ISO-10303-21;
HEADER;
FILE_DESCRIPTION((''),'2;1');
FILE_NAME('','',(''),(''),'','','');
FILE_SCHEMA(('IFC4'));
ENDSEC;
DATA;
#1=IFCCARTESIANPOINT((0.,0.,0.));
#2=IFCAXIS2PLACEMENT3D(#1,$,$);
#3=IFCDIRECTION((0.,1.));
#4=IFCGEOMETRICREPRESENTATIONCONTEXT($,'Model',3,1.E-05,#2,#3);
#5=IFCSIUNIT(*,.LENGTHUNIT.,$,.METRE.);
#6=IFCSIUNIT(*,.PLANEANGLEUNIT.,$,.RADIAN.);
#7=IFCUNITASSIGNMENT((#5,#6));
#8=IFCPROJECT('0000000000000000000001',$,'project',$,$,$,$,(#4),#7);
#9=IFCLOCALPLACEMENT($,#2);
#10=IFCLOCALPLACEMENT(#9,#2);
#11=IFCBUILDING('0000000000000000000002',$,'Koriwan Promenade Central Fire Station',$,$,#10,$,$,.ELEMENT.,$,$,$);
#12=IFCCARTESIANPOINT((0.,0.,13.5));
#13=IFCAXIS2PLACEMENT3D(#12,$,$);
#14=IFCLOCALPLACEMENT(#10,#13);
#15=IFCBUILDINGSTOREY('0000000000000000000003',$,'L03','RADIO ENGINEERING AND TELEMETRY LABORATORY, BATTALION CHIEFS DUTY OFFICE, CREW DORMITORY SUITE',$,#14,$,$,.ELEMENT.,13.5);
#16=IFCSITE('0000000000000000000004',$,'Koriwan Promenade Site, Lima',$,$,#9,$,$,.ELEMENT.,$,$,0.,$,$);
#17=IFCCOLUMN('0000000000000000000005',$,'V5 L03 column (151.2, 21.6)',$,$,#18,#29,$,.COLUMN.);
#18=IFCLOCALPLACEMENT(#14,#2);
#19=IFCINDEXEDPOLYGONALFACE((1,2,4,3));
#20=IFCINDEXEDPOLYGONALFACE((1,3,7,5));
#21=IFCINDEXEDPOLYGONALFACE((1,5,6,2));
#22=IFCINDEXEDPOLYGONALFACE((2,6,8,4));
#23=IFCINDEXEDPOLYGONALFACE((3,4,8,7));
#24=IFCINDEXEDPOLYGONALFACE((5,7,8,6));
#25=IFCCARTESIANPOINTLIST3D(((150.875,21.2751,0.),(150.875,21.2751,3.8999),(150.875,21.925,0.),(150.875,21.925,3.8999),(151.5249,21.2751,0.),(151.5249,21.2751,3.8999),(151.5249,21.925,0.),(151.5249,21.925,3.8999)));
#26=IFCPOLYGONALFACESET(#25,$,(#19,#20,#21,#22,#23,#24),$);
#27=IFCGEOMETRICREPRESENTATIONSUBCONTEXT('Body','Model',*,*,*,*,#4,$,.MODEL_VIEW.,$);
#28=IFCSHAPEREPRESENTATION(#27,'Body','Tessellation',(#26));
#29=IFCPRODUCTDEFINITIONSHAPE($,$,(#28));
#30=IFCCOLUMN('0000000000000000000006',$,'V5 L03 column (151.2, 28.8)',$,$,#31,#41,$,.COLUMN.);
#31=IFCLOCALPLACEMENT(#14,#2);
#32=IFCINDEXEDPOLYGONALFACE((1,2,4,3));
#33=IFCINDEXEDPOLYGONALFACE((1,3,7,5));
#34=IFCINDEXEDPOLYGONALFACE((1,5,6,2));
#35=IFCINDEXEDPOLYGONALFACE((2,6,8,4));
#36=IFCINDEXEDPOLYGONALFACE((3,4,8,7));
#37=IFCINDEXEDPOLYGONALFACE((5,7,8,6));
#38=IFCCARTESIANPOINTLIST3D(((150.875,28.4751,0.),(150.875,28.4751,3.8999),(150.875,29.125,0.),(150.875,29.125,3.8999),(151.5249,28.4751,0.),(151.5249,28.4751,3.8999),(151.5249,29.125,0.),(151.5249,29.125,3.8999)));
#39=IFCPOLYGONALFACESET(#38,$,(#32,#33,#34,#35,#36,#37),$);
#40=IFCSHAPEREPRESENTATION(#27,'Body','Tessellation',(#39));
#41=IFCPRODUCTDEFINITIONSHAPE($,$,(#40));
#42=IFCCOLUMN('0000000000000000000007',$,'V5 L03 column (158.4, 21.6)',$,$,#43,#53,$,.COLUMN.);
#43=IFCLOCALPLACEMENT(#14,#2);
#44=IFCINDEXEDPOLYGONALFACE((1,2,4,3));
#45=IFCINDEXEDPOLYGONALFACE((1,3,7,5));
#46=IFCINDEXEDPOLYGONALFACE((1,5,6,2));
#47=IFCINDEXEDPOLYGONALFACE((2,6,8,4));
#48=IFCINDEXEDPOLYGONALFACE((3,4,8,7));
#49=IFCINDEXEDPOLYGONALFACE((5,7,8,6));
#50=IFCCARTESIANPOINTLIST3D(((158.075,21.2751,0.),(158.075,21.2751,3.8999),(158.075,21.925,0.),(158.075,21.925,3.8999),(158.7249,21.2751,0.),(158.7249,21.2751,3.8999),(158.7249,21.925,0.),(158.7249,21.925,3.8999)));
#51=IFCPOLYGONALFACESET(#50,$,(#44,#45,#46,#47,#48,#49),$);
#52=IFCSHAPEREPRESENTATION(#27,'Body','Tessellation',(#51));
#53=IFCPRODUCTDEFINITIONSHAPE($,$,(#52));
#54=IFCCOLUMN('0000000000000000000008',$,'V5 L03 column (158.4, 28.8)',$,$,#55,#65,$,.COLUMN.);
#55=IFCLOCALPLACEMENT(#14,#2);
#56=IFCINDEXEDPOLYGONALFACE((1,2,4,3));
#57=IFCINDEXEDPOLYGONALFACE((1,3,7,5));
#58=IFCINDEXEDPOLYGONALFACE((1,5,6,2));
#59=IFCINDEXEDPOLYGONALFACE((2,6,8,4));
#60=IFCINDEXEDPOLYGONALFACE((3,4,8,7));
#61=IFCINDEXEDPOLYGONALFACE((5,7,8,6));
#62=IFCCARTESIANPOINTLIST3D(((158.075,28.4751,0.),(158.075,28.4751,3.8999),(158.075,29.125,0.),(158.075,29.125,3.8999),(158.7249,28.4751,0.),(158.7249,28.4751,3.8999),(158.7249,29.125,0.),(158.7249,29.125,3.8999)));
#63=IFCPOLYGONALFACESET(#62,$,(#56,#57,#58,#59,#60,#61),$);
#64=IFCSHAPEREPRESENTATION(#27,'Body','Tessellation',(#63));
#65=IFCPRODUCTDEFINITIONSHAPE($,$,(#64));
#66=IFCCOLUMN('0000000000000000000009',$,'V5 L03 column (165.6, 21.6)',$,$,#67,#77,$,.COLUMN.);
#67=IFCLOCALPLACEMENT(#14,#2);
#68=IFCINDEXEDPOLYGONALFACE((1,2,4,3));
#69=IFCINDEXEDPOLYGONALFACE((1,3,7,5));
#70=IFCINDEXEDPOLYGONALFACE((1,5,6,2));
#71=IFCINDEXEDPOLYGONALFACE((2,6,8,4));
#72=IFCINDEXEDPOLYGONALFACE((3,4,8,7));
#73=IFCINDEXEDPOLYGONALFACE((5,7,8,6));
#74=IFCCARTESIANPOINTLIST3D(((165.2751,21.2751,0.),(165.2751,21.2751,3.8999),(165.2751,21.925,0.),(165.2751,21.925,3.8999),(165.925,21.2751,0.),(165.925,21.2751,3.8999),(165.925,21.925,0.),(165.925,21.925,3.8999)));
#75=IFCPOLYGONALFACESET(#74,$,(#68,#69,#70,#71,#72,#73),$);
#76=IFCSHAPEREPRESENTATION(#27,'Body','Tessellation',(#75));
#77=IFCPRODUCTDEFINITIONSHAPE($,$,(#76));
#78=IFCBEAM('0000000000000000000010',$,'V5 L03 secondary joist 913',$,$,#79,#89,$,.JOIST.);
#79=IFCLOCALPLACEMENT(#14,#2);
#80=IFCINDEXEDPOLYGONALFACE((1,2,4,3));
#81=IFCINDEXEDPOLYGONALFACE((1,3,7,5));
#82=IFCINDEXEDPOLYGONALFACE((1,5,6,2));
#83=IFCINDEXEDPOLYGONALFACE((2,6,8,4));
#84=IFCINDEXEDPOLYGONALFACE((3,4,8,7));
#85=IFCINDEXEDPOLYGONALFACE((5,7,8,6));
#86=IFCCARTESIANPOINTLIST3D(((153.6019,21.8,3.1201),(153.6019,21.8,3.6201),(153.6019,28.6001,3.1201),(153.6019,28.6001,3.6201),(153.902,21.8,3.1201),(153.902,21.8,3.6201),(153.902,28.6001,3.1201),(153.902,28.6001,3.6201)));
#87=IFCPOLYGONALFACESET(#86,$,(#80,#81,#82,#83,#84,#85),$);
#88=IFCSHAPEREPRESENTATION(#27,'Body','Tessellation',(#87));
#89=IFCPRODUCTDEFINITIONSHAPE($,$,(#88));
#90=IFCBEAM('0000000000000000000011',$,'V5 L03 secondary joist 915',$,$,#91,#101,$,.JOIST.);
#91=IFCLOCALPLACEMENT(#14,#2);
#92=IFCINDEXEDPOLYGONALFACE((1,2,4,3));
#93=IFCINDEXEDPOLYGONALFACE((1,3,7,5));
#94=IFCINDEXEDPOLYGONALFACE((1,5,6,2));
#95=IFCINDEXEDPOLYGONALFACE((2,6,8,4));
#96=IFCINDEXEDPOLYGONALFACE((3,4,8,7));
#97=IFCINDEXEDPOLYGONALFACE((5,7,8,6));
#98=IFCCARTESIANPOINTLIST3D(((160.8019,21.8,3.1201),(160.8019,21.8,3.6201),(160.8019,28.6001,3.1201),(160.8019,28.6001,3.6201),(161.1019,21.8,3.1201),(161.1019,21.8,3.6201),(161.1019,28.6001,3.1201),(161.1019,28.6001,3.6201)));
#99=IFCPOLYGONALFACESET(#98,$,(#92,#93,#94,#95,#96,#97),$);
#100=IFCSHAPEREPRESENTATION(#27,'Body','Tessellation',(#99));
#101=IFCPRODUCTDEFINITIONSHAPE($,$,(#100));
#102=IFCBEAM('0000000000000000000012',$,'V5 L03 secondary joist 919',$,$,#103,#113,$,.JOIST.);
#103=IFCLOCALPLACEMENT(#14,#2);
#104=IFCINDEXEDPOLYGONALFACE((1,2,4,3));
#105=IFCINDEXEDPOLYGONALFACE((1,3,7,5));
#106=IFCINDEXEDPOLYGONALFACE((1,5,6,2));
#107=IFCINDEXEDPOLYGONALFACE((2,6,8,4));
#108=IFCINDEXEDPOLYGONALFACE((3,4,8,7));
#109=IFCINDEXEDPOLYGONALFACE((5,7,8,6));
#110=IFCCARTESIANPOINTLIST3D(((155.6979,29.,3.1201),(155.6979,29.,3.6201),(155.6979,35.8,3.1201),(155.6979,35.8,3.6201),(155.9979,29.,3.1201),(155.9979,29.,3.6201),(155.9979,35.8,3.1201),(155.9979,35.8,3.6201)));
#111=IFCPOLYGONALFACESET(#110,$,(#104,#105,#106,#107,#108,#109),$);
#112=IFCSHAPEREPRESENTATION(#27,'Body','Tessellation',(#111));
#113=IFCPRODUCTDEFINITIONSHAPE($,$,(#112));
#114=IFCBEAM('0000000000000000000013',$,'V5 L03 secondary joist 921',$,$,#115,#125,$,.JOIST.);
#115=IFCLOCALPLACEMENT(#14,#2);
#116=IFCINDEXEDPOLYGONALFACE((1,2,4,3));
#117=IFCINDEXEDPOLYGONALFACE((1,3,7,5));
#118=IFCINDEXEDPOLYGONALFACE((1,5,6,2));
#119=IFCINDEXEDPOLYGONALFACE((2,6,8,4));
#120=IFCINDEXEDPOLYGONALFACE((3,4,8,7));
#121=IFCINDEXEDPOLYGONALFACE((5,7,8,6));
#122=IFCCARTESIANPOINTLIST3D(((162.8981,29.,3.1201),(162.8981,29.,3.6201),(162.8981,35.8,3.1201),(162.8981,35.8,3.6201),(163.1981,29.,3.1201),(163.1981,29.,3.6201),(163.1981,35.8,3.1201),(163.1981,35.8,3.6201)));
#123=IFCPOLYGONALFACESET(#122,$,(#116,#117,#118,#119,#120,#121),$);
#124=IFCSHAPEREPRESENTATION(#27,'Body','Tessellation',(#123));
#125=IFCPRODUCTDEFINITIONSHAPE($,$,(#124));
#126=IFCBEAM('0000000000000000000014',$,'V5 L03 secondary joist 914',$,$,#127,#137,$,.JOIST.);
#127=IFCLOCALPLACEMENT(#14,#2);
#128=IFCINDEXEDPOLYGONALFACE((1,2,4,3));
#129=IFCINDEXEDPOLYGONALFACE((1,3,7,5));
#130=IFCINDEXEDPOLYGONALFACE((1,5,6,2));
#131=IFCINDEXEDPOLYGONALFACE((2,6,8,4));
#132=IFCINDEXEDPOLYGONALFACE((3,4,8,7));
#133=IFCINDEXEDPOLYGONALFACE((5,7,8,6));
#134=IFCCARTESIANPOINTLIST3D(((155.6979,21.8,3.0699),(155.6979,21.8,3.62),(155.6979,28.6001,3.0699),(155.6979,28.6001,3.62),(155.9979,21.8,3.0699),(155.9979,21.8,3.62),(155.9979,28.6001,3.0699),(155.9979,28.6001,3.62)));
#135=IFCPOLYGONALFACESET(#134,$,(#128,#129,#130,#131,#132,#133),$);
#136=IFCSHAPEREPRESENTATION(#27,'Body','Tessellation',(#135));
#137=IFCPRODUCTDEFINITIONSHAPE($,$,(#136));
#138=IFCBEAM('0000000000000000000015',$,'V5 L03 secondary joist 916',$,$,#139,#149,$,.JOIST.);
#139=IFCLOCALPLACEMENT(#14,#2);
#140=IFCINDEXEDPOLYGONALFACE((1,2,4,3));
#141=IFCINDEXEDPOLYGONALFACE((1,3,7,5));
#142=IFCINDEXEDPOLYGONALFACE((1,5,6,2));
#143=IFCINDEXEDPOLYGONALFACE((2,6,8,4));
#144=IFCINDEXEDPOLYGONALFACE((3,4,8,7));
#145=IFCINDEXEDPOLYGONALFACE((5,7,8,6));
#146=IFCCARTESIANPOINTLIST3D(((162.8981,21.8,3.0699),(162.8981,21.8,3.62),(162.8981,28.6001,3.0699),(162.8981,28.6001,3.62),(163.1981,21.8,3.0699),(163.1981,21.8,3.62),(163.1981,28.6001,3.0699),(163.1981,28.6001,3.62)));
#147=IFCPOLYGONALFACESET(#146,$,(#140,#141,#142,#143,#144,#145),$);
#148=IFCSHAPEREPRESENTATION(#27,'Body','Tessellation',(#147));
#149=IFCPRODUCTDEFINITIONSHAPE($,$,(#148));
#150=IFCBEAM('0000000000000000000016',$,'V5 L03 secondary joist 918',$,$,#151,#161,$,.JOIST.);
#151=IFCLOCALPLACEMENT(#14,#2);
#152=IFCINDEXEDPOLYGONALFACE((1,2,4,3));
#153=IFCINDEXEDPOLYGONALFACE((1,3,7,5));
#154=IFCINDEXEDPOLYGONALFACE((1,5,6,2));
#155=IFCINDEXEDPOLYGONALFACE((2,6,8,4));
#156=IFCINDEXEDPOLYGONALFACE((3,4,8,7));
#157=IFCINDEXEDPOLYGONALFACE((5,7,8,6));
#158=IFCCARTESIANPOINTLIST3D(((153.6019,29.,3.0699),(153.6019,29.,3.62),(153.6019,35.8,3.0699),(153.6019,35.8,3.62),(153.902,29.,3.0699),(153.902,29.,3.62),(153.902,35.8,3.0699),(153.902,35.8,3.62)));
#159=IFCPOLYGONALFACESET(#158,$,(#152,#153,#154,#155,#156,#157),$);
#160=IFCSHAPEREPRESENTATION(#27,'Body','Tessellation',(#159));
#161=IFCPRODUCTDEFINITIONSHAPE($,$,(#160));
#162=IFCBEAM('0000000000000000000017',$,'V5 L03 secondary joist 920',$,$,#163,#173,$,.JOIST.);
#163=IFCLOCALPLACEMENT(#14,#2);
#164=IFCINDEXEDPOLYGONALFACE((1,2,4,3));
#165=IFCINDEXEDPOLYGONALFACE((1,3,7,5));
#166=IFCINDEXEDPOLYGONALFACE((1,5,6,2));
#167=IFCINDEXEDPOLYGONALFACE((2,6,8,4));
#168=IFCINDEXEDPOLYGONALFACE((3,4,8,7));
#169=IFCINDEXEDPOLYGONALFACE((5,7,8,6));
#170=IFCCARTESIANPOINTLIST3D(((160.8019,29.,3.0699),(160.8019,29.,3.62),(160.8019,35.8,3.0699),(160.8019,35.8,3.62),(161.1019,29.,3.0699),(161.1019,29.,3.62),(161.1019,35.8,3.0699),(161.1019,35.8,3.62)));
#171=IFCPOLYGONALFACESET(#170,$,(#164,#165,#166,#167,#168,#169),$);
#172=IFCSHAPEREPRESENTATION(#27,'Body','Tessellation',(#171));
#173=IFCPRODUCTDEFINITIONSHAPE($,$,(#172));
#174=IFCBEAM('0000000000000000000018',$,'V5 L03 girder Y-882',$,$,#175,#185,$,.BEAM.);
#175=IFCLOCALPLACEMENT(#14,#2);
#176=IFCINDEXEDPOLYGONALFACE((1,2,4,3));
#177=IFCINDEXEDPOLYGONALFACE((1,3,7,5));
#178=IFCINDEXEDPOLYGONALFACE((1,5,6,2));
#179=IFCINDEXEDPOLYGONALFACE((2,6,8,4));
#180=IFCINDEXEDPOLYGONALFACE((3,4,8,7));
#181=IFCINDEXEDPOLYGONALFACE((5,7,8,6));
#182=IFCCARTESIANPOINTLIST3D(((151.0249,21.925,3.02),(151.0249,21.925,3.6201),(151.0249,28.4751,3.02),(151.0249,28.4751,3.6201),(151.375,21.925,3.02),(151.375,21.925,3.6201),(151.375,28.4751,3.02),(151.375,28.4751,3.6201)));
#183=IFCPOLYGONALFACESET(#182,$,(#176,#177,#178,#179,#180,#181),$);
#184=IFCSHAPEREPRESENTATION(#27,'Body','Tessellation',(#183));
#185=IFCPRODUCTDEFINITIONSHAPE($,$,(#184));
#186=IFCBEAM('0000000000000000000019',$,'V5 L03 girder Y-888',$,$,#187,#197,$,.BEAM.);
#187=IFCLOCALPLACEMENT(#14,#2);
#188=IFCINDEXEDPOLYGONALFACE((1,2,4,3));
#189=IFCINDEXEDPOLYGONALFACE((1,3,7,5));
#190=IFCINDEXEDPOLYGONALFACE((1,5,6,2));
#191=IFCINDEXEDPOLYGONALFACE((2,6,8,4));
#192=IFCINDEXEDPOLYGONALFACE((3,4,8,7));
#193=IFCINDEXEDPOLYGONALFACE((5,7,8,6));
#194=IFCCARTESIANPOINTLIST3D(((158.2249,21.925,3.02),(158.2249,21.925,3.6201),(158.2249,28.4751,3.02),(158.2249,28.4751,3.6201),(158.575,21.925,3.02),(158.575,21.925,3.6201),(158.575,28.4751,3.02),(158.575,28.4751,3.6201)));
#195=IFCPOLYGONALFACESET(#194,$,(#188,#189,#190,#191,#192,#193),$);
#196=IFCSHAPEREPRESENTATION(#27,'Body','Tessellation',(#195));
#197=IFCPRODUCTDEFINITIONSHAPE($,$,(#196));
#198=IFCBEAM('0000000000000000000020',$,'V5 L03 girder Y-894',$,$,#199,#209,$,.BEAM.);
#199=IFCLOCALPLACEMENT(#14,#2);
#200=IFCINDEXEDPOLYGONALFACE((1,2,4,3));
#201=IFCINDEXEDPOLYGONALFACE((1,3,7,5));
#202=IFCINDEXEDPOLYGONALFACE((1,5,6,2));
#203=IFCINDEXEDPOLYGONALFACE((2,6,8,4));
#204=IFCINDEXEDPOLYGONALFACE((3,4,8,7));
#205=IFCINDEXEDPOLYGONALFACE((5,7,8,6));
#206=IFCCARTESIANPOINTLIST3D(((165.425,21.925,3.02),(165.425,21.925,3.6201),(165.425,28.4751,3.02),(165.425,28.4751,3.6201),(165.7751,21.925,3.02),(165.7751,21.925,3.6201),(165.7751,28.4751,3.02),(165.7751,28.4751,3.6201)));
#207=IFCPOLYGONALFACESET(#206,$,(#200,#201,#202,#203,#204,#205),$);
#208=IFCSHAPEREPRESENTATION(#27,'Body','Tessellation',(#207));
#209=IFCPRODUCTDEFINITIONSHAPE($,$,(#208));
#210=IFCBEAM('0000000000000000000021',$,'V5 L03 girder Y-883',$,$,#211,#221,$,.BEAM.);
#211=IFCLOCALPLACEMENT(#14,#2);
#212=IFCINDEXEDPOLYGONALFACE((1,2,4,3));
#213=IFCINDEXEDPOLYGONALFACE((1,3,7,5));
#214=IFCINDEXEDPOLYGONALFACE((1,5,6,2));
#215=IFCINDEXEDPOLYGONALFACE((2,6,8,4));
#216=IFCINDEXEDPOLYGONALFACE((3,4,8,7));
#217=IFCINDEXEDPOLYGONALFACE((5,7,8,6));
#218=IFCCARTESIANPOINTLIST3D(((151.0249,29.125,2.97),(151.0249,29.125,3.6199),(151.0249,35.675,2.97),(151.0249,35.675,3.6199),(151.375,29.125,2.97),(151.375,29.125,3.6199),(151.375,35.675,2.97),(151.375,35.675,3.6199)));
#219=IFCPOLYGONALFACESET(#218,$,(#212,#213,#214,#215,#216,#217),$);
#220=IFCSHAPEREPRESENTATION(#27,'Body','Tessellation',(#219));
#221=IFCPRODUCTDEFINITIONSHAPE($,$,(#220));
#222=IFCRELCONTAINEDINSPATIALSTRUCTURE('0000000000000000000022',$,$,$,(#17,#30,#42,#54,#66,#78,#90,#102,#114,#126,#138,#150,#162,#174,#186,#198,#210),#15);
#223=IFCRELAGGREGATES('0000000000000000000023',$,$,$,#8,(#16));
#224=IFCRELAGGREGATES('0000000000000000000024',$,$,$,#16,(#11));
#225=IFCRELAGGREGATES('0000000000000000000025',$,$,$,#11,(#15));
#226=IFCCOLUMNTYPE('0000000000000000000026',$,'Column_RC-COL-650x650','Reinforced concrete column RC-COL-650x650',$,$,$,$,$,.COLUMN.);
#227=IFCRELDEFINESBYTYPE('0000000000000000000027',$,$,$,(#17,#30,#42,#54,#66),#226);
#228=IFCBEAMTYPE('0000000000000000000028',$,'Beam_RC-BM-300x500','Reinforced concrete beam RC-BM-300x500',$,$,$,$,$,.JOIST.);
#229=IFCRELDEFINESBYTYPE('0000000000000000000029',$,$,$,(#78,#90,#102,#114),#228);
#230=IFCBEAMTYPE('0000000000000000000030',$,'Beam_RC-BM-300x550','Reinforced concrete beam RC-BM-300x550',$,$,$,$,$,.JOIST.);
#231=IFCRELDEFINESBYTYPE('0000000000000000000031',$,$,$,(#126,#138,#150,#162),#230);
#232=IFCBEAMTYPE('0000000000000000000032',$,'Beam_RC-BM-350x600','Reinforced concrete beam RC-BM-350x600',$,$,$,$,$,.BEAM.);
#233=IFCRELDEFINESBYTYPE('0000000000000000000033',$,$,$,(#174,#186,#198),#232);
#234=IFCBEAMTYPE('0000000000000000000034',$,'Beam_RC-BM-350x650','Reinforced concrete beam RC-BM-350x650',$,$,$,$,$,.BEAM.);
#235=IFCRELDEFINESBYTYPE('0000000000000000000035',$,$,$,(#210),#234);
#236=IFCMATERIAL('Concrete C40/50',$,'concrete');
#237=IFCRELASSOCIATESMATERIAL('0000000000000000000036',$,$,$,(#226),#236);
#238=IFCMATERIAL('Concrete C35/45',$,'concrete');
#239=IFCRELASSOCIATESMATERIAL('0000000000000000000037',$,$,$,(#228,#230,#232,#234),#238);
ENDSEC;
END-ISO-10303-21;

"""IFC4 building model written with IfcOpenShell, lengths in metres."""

from ifc_helpers import new_model, si_unit, direction, frame, origin, origin_2d, place, context, subcontext, project, spatial, rectangle, extrude, material, material_profile, profile_set, type_object, element, save


model = new_model("IFC4")

# Units and contexts
model_context = context("Model", 3, precision=1e-05, world=origin(), true_north=direction((0.0, 1.0)))
body_context = subcontext(model_context, "Body", "Model", "MODEL_VIEW")
ifc_project = project(units=[si_unit("LENGTHUNIT", "METRE"), si_unit("PLANEANGLEUNIT", "RADIAN")], contexts=[model_context])

# Site, building, storey
site_placement = place(None, origin())
site = spatial("IfcSite", under=ifc_project, at=site_placement, Name="Koriwan Promenade Site, Lima", CompositionType="ELEMENT", RefElevation=0.0)
building_placement = place(site_placement, origin())
building = spatial("IfcBuilding", under=site, at=building_placement, Name="Koriwan Promenade Central Fire Station", CompositionType="ELEMENT")
storey_placement = place(building_placement, frame((0.0, 0.0, 13.5)))
storey = spatial("IfcBuildingStorey", under=building, at=storey_placement, Name="L03", Description="RADIO ENGINEERING AND TELEMETRY LABORATORY, BATTALION CHIEFS DUTY OFFICE, CREW DORMITORY SUITE", CompositionType="ELEMENT", Elevation=13.5)

# Columns
ifc_material_1 = material(Name="Concrete C40/50", Category="concrete")
ifc_material_profile_1 = material_profile(ifc_material_1, rectangle(XDim=0.6499, YDim=0.6499, at=origin_2d()), Name="RC-COL-650x650")
ifc_profile_set_1 = profile_set([ifc_material_profile_1], Name="Concrete C40/50")
column_type = type_object("IfcColumnType", Name="Column_RC-COL-650x650", Description="Reinforced concrete column RC-COL-650x650", PredefinedType="COLUMN", material=ifc_profile_set_1)
for number, where, z_axis, x_axis, name in (
    (1, (151.2, 21.6001, 0.0), (0.0, 0.0, 1.0), (1.0, 0.0, 0.0), "V5 L03 column (151.2, 21.6)"),
    (2, (151.2, 28.8, 0.0), (0.0, 0.0, 1.0), (1.0, 0.0, 0.0), "V5 L03 column (151.2, 28.8)"),
    (3, (158.3999, 21.6001, 0.0), (0.0, 0.0, 1.0), (1.0, 0.0, 0.0), "V5 L03 column (158.4, 21.6)"),
    (4, (158.3999, 28.8, 0.0), (0.0, 0.0, 1.0), (1.0, 0.0, 0.0), "V5 L03 column (158.4, 28.8)"),
    (5, (165.6001, 21.6001, 0.0), (0.0, 0.0, 1.0), (1.0, 0.0, 0.0), "V5 L03 column (165.6, 21.6)"),
):
    element("IfcColumn", number, at=place(storey_placement, frame(where, z_axis=z_axis, x_axis=x_axis)), inside=storey, type_object=column_type, Name=name, PredefinedType="COLUMN", context=body_context, shape_type="SweptSolid", body=[
        extrude(rectangle(XDim=0.6499, YDim=0.6499, at=origin_2d()), origin(), (0.0, 0.0, 1.0), 3.8999),
    ])

# Beams
ifc_material_2 = material(Name="Concrete C35/45", Category="concrete")
ifc_material_profile_2 = material_profile(ifc_material_2, rectangle(XDim=0.3, YDim=0.5, at=origin_2d()), Name="RC-BM-300x500")
ifc_profile_set_2 = profile_set([ifc_material_profile_2], Name="Concrete C35/45")
beam_type_1 = type_object("IfcBeamType", Name="Beam_RC-BM-300x500", Description="Reinforced concrete beam RC-BM-300x500", PredefinedType="JOIST", material=ifc_profile_set_2)
for number, where, z_axis, x_axis, name in (
    (6, (153.752, 21.8, 3.3701), (0.0, 1.0, 0.0), (-1.0, 0.0, 0.0), "V5 L03 secondary joist 913"),
    (7, (160.9519, 21.8, 3.3701), (0.0, 1.0, 0.0), (-1.0, 0.0, 0.0), "V5 L03 secondary joist 915"),
    (8, (155.8479, 29.0, 3.3701), (0.0, 1.0, 0.0), (-1.0, 0.0, 0.0), "V5 L03 secondary joist 919"),
    (9, (163.0481, 29.0, 3.3701), (0.0, 1.0, 0.0), (-1.0, 0.0, 0.0), "V5 L03 secondary joist 921"),
):
    element("IfcBeam", number, at=place(storey_placement, frame(where, z_axis=z_axis, x_axis=x_axis)), inside=storey, type_object=beam_type_1, Name=name, PredefinedType="JOIST", context=body_context, shape_type="SweptSolid", body=[
        extrude(rectangle(XDim=0.3, YDim=0.5, at=origin_2d()), origin(), (0.0, 0.0, 1.0), 6.8),
    ])
ifc_material_profile_3 = material_profile(ifc_material_2, rectangle(XDim=0.3, YDim=0.55, at=origin_2d()), Name="RC-BM-300x550")
ifc_profile_set_3 = profile_set([ifc_material_profile_3], Name="Concrete C35/45")
beam_type_2 = type_object("IfcBeamType", Name="Beam_RC-BM-300x550", Description="Reinforced concrete beam RC-BM-300x550", PredefinedType="JOIST", material=ifc_profile_set_3)
for number, where, z_axis, x_axis, name in (
    (10, (155.8479, 21.8, 3.345), (0.0, 1.0, 0.0), (-1.0, 0.0, 0.0), "V5 L03 secondary joist 914"),
    (11, (163.0481, 21.8, 3.345), (0.0, 1.0, 0.0), (-1.0, 0.0, 0.0), "V5 L03 secondary joist 916"),
    (12, (153.752, 29.0, 3.345), (0.0, 1.0, 0.0), (-1.0, 0.0, 0.0), "V5 L03 secondary joist 918"),
    (13, (160.9519, 29.0, 3.345), (0.0, 1.0, 0.0), (-1.0, 0.0, 0.0), "V5 L03 secondary joist 920"),
):
    element("IfcBeam", number, at=place(storey_placement, frame(where, z_axis=z_axis, x_axis=x_axis)), inside=storey, type_object=beam_type_2, Name=name, PredefinedType="JOIST", context=body_context, shape_type="SweptSolid", body=[
        extrude(rectangle(XDim=0.3, YDim=0.55, at=origin_2d()), origin(), (0.0, 0.0, 1.0), 6.8),
    ])
ifc_material_profile_4 = material_profile(ifc_material_2, rectangle(XDim=0.3501, YDim=0.6001, at=origin_2d()), Name="RC-BM-350x600")
ifc_profile_set_4 = profile_set([ifc_material_profile_4], Name="Concrete C35/45")
beam_type_3 = type_object("IfcBeamType", Name="Beam_RC-BM-350x600", Description="Reinforced concrete beam RC-BM-350x600", PredefinedType="BEAM", material=ifc_profile_set_4)
for number, where, z_axis, x_axis, name in (
    (14, (151.2, 21.925, 3.3201), (0.0, 1.0, 0.0), (-1.0, 0.0, 0.0), "V5 L03 girder Y-882"),
    (15, (158.3999, 21.925, 3.3201), (0.0, 1.0, 0.0), (-1.0, 0.0, 0.0), "V5 L03 girder Y-888"),
    (16, (165.6001, 21.925, 3.3201), (0.0, 1.0, 0.0), (-1.0, 0.0, 0.0), "V5 L03 girder Y-894"),
):
    element("IfcBeam", number, at=place(storey_placement, frame(where, z_axis=z_axis, x_axis=x_axis)), inside=storey, type_object=beam_type_3, Name=name, PredefinedType="BEAM", context=body_context, shape_type="SweptSolid", body=[
        extrude(rectangle(XDim=0.3501, YDim=0.6001, at=origin_2d()), origin(), (0.0, 0.0, 1.0), 6.55),
    ])
ifc_material_profile_5 = material_profile(ifc_material_2, rectangle(XDim=0.3501, YDim=0.6499, at=origin_2d()), Name="RC-BM-350x650")
ifc_profile_set_5 = profile_set([ifc_material_profile_5], Name="Concrete C35/45")
beam_type_4 = type_object("IfcBeamType", Name="Beam_RC-BM-350x650", Description="Reinforced concrete beam RC-BM-350x650", PredefinedType="BEAM", material=ifc_profile_set_5)
for number, where, z_axis, x_axis, name in (
    (17, (151.2, 29.125, 3.2949), (0.0, 1.0, 0.0), (-1.0, 0.0, 0.0), "V5 L03 girder Y-883"),
):
    element("IfcBeam", number, at=place(storey_placement, frame(where, z_axis=z_axis, x_axis=x_axis)), inside=storey, type_object=beam_type_4, Name=name, PredefinedType="BEAM", context=body_context, shape_type="SweptSolid", body=[
        extrude(rectangle(XDim=0.3501, YDim=0.6499, at=origin_2d()), origin(), (0.0, 0.0, 1.0), 6.55),
    ])

save(model, "model.ifc")
